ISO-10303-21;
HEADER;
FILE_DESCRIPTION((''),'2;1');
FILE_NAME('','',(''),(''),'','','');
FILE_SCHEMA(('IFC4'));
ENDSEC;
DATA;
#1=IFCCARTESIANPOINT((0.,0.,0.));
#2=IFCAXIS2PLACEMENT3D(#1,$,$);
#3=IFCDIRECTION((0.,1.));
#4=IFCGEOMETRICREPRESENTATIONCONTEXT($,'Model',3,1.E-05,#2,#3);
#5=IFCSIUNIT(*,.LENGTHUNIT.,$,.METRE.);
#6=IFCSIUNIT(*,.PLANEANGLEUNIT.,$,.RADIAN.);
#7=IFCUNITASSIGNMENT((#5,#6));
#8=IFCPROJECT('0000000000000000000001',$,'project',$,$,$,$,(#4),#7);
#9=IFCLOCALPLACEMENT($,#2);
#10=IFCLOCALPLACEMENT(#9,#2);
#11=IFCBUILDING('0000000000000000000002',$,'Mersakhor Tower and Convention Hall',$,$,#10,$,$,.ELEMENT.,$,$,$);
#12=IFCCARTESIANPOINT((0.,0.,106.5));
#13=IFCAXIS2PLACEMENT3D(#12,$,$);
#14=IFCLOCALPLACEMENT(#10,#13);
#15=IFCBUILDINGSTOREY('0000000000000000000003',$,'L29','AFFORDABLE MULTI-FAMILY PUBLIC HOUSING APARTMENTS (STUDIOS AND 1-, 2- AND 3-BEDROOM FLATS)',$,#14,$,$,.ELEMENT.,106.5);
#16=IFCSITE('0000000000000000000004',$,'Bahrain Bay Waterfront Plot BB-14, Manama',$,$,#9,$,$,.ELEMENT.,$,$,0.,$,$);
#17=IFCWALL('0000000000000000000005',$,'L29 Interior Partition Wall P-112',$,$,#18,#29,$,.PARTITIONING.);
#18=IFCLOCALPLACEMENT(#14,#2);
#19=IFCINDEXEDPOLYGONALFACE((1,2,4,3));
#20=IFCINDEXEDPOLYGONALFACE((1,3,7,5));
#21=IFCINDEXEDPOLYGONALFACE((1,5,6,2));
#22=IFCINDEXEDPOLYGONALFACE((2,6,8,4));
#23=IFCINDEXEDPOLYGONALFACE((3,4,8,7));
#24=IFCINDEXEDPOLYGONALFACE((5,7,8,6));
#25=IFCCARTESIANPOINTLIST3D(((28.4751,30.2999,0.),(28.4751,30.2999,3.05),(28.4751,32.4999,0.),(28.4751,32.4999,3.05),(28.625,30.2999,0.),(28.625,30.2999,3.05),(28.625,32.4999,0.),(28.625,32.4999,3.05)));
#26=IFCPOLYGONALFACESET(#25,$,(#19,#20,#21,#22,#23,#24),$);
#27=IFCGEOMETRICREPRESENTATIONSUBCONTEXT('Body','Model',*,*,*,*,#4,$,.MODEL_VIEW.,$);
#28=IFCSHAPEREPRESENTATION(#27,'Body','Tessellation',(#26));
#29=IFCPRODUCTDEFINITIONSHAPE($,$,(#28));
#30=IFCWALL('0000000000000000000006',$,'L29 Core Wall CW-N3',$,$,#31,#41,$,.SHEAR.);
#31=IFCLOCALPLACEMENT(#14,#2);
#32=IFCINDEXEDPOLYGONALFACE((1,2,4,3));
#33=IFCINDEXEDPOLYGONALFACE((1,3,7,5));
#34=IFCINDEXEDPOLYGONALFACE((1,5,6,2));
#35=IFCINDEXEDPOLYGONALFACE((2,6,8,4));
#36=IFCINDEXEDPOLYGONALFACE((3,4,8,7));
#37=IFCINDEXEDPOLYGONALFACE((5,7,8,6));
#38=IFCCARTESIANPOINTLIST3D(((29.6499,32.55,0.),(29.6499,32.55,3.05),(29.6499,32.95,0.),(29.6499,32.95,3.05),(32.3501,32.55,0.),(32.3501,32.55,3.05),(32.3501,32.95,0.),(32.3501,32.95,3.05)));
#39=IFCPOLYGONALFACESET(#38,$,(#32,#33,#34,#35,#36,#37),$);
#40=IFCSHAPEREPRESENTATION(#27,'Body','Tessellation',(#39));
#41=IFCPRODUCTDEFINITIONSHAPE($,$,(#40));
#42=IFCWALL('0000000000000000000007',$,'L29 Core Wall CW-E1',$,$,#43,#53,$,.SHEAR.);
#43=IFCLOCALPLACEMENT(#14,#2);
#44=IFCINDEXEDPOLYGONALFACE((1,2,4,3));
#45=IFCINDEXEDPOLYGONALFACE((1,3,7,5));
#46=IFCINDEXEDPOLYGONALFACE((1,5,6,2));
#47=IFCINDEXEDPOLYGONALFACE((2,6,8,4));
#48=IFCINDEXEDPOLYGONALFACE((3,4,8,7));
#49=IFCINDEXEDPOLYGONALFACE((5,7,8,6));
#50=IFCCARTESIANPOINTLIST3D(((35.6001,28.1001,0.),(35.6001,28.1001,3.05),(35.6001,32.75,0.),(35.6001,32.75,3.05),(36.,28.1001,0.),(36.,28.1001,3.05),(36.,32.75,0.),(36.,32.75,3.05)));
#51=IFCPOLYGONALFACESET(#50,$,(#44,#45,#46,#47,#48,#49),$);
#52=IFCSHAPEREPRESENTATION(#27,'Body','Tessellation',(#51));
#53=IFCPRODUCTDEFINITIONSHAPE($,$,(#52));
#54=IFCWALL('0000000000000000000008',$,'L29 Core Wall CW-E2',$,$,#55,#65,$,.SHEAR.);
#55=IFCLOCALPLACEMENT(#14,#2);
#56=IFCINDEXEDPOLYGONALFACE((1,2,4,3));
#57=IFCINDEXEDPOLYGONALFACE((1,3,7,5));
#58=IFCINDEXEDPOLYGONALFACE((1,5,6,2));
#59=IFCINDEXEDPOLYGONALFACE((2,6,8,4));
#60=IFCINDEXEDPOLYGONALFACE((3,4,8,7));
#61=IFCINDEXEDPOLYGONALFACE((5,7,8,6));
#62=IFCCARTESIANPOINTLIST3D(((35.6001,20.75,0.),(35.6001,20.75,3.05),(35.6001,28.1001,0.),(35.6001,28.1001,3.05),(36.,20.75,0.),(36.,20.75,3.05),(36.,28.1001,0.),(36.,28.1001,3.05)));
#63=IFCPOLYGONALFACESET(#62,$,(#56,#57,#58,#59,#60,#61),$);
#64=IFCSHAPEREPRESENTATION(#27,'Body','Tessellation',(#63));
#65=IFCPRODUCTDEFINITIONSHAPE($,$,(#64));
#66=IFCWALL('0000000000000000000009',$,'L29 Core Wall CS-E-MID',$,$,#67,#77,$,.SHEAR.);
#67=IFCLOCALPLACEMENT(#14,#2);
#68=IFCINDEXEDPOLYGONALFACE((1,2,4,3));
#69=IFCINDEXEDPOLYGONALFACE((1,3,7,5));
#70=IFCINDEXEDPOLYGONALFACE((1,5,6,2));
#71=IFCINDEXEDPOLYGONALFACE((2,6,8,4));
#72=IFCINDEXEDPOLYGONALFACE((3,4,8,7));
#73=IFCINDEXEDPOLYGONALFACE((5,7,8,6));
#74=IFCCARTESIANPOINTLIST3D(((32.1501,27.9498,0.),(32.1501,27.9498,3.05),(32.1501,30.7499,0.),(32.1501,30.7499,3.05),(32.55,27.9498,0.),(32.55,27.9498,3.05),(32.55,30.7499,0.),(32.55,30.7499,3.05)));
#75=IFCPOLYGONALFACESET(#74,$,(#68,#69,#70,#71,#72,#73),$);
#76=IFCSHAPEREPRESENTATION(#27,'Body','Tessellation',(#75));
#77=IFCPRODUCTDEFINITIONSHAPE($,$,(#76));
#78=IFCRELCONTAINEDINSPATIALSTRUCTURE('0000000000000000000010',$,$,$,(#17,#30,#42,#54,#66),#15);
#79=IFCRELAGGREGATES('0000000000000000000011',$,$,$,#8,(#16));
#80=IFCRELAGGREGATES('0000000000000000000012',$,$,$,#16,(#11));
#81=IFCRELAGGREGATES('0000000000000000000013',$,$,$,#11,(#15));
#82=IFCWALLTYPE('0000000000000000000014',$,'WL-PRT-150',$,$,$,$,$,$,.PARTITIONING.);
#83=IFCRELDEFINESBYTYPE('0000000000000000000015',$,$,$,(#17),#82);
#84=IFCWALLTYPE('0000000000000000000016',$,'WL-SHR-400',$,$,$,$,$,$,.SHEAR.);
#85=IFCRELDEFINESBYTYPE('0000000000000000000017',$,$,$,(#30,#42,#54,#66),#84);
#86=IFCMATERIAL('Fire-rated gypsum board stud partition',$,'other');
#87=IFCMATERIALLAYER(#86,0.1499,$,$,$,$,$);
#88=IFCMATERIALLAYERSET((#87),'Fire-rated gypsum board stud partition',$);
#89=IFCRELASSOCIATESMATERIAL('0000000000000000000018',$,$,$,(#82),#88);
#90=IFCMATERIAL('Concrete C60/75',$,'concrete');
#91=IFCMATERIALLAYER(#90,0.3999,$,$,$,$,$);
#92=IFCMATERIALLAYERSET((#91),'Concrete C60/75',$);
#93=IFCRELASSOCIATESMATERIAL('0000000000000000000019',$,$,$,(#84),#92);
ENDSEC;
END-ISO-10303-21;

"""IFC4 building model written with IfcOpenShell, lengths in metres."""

from ifc_helpers import new_model, si_unit, direction, frame, frame_2d, origin, place, context, subcontext, project, spatial, rectangle, extrude, material, layer, layer_set, type_object, element, save


model = new_model("IFC4")

# Units and contexts
model_context = context("Model", 3, precision=1e-05, world=origin(), true_north=direction((0.0, 1.0)))
body_context = subcontext(model_context, "Body", "Model", "MODEL_VIEW")
ifc_project = project(units=[si_unit("LENGTHUNIT", "METRE"), si_unit("PLANEANGLEUNIT", "RADIAN")], contexts=[model_context])

# Site, building, storey
site_placement = place(None, origin())
site = spatial("IfcSite", under=ifc_project, at=site_placement, Name="Bahrain Bay Waterfront Plot BB-14, Manama", CompositionType="ELEMENT", RefElevation=0.0)
building_placement = place(site_placement, origin())
building = spatial("IfcBuilding", under=site, at=building_placement, Name="Mersakhor Tower and Convention Hall", CompositionType="ELEMENT")
storey_placement = place(building_placement, frame((0.0, 0.0, 106.5)))
storey = spatial("IfcBuildingStorey", under=building, at=storey_placement, Name="L29", Description="AFFORDABLE MULTI-FAMILY PUBLIC HOUSING APARTMENTS (STUDIOS AND 1-, 2- AND 3-BEDROOM FLATS)", CompositionType="ELEMENT", Elevation=106.5)

# Wall
ifc_material_1 = material(Name="Fire-rated gypsum board stud partition", Category="other")
ifc_layer_1 = layer(ifc_material_1, 0.1499)
ifc_layer_set_1 = layer_set([ifc_layer_1], Name="Fire-rated gypsum board stud partition")
wall_type_1 = type_object("IfcWallType", Name="WL-PRT-150", PredefinedType="PARTITIONING", material=ifc_layer_set_1)
wall_1_placement = place(storey_placement, frame((28.55, 32.5, 0.0), z_axis=(0.0, 0.0, 1.0), x_axis=(0.0, -1.0, 0.0)))
element("IfcWall", 1, at=wall_1_placement, inside=storey, type_object=wall_type_1, Name="L29 Interior Partition Wall P-112", PredefinedType="PARTITIONING", context=body_context, shape_type="SweptSolid", body=[
    extrude(rectangle(XDim=2.2, YDim=0.1499, at=frame_2d((1.1001, 0.0))), origin(), (0.0, 0.0, 1.0), 3.05),
])

# Wall
ifc_material_2 = material(Name="Concrete C60/75", Category="concrete")
ifc_layer_2 = layer(ifc_material_2, 0.3999)
ifc_layer_set_2 = layer_set([ifc_layer_2], Name="Concrete C60/75")
wall_type_2 = type_object("IfcWallType", Name="WL-SHR-400", PredefinedType="SHEAR", material=ifc_layer_set_2)
wall_2_placement = place(storey_placement, frame((29.6499, 32.75, 0.0), z_axis=(0.0, 0.0, 1.0), x_axis=(1.0, 0.0, 0.0)))
element("IfcWall", 2, at=wall_2_placement, inside=storey, type_object=wall_type_2, Name="L29 Core Wall CW-N3", PredefinedType="SHEAR", context=body_context, shape_type="SweptSolid", body=[
    extrude(rectangle(XDim=2.7002, YDim=0.3999, at=frame_2d((1.3501, 0.0))), origin(), (0.0, 0.0, 1.0), 3.05),
])

# Walls
wall_3_placement = place(storey_placement, frame((35.8, 32.75, 0.0), z_axis=(0.0, 0.0, 1.0), x_axis=(0.0, -1.0, 0.0)))
element("IfcWall", 3, at=wall_3_placement, inside=storey, type_object=wall_type_2, Name="L29 Core Wall CW-E1", PredefinedType="SHEAR", context=body_context, shape_type="SweptSolid", body=[
    extrude(rectangle(XDim=4.6499, YDim=0.3999, at=frame_2d((2.325, 0.0))), origin(), (0.0, 0.0, 1.0), 3.05),
])
wall_4_placement = place(storey_placement, frame((35.8, 28.1001, 0.0), z_axis=(0.0, 0.0, 1.0), x_axis=(0.0, -1.0, 0.0)))
element("IfcWall", 4, at=wall_4_placement, inside=storey, type_object=wall_type_2, Name="L29 Core Wall CW-E2", PredefinedType="SHEAR", context=body_context, shape_type="SweptSolid", body=[
    extrude(rectangle(XDim=7.3501, YDim=0.3999, at=frame_2d((3.675, 0.0))), origin(), (0.0, 0.0, 1.0), 3.05),
])
wall_5_placement = place(storey_placement, frame((32.3501, 27.95, 0.0), z_axis=(0.0, 0.0, 1.0), x_axis=(0.0, 1.0, 0.0)))
element("IfcWall", 5, at=wall_5_placement, inside=storey, type_object=wall_type_2, Name="L29 Core Wall CS-E-MID", PredefinedType="SHEAR", context=body_context, shape_type="SweptSolid", body=[
    extrude(rectangle(XDim=2.8, YDim=0.3999, at=frame_2d((1.3999, 0.0))), origin(), (0.0, 0.0, 1.0), 3.05),
])

save(model, "model.ifc")
